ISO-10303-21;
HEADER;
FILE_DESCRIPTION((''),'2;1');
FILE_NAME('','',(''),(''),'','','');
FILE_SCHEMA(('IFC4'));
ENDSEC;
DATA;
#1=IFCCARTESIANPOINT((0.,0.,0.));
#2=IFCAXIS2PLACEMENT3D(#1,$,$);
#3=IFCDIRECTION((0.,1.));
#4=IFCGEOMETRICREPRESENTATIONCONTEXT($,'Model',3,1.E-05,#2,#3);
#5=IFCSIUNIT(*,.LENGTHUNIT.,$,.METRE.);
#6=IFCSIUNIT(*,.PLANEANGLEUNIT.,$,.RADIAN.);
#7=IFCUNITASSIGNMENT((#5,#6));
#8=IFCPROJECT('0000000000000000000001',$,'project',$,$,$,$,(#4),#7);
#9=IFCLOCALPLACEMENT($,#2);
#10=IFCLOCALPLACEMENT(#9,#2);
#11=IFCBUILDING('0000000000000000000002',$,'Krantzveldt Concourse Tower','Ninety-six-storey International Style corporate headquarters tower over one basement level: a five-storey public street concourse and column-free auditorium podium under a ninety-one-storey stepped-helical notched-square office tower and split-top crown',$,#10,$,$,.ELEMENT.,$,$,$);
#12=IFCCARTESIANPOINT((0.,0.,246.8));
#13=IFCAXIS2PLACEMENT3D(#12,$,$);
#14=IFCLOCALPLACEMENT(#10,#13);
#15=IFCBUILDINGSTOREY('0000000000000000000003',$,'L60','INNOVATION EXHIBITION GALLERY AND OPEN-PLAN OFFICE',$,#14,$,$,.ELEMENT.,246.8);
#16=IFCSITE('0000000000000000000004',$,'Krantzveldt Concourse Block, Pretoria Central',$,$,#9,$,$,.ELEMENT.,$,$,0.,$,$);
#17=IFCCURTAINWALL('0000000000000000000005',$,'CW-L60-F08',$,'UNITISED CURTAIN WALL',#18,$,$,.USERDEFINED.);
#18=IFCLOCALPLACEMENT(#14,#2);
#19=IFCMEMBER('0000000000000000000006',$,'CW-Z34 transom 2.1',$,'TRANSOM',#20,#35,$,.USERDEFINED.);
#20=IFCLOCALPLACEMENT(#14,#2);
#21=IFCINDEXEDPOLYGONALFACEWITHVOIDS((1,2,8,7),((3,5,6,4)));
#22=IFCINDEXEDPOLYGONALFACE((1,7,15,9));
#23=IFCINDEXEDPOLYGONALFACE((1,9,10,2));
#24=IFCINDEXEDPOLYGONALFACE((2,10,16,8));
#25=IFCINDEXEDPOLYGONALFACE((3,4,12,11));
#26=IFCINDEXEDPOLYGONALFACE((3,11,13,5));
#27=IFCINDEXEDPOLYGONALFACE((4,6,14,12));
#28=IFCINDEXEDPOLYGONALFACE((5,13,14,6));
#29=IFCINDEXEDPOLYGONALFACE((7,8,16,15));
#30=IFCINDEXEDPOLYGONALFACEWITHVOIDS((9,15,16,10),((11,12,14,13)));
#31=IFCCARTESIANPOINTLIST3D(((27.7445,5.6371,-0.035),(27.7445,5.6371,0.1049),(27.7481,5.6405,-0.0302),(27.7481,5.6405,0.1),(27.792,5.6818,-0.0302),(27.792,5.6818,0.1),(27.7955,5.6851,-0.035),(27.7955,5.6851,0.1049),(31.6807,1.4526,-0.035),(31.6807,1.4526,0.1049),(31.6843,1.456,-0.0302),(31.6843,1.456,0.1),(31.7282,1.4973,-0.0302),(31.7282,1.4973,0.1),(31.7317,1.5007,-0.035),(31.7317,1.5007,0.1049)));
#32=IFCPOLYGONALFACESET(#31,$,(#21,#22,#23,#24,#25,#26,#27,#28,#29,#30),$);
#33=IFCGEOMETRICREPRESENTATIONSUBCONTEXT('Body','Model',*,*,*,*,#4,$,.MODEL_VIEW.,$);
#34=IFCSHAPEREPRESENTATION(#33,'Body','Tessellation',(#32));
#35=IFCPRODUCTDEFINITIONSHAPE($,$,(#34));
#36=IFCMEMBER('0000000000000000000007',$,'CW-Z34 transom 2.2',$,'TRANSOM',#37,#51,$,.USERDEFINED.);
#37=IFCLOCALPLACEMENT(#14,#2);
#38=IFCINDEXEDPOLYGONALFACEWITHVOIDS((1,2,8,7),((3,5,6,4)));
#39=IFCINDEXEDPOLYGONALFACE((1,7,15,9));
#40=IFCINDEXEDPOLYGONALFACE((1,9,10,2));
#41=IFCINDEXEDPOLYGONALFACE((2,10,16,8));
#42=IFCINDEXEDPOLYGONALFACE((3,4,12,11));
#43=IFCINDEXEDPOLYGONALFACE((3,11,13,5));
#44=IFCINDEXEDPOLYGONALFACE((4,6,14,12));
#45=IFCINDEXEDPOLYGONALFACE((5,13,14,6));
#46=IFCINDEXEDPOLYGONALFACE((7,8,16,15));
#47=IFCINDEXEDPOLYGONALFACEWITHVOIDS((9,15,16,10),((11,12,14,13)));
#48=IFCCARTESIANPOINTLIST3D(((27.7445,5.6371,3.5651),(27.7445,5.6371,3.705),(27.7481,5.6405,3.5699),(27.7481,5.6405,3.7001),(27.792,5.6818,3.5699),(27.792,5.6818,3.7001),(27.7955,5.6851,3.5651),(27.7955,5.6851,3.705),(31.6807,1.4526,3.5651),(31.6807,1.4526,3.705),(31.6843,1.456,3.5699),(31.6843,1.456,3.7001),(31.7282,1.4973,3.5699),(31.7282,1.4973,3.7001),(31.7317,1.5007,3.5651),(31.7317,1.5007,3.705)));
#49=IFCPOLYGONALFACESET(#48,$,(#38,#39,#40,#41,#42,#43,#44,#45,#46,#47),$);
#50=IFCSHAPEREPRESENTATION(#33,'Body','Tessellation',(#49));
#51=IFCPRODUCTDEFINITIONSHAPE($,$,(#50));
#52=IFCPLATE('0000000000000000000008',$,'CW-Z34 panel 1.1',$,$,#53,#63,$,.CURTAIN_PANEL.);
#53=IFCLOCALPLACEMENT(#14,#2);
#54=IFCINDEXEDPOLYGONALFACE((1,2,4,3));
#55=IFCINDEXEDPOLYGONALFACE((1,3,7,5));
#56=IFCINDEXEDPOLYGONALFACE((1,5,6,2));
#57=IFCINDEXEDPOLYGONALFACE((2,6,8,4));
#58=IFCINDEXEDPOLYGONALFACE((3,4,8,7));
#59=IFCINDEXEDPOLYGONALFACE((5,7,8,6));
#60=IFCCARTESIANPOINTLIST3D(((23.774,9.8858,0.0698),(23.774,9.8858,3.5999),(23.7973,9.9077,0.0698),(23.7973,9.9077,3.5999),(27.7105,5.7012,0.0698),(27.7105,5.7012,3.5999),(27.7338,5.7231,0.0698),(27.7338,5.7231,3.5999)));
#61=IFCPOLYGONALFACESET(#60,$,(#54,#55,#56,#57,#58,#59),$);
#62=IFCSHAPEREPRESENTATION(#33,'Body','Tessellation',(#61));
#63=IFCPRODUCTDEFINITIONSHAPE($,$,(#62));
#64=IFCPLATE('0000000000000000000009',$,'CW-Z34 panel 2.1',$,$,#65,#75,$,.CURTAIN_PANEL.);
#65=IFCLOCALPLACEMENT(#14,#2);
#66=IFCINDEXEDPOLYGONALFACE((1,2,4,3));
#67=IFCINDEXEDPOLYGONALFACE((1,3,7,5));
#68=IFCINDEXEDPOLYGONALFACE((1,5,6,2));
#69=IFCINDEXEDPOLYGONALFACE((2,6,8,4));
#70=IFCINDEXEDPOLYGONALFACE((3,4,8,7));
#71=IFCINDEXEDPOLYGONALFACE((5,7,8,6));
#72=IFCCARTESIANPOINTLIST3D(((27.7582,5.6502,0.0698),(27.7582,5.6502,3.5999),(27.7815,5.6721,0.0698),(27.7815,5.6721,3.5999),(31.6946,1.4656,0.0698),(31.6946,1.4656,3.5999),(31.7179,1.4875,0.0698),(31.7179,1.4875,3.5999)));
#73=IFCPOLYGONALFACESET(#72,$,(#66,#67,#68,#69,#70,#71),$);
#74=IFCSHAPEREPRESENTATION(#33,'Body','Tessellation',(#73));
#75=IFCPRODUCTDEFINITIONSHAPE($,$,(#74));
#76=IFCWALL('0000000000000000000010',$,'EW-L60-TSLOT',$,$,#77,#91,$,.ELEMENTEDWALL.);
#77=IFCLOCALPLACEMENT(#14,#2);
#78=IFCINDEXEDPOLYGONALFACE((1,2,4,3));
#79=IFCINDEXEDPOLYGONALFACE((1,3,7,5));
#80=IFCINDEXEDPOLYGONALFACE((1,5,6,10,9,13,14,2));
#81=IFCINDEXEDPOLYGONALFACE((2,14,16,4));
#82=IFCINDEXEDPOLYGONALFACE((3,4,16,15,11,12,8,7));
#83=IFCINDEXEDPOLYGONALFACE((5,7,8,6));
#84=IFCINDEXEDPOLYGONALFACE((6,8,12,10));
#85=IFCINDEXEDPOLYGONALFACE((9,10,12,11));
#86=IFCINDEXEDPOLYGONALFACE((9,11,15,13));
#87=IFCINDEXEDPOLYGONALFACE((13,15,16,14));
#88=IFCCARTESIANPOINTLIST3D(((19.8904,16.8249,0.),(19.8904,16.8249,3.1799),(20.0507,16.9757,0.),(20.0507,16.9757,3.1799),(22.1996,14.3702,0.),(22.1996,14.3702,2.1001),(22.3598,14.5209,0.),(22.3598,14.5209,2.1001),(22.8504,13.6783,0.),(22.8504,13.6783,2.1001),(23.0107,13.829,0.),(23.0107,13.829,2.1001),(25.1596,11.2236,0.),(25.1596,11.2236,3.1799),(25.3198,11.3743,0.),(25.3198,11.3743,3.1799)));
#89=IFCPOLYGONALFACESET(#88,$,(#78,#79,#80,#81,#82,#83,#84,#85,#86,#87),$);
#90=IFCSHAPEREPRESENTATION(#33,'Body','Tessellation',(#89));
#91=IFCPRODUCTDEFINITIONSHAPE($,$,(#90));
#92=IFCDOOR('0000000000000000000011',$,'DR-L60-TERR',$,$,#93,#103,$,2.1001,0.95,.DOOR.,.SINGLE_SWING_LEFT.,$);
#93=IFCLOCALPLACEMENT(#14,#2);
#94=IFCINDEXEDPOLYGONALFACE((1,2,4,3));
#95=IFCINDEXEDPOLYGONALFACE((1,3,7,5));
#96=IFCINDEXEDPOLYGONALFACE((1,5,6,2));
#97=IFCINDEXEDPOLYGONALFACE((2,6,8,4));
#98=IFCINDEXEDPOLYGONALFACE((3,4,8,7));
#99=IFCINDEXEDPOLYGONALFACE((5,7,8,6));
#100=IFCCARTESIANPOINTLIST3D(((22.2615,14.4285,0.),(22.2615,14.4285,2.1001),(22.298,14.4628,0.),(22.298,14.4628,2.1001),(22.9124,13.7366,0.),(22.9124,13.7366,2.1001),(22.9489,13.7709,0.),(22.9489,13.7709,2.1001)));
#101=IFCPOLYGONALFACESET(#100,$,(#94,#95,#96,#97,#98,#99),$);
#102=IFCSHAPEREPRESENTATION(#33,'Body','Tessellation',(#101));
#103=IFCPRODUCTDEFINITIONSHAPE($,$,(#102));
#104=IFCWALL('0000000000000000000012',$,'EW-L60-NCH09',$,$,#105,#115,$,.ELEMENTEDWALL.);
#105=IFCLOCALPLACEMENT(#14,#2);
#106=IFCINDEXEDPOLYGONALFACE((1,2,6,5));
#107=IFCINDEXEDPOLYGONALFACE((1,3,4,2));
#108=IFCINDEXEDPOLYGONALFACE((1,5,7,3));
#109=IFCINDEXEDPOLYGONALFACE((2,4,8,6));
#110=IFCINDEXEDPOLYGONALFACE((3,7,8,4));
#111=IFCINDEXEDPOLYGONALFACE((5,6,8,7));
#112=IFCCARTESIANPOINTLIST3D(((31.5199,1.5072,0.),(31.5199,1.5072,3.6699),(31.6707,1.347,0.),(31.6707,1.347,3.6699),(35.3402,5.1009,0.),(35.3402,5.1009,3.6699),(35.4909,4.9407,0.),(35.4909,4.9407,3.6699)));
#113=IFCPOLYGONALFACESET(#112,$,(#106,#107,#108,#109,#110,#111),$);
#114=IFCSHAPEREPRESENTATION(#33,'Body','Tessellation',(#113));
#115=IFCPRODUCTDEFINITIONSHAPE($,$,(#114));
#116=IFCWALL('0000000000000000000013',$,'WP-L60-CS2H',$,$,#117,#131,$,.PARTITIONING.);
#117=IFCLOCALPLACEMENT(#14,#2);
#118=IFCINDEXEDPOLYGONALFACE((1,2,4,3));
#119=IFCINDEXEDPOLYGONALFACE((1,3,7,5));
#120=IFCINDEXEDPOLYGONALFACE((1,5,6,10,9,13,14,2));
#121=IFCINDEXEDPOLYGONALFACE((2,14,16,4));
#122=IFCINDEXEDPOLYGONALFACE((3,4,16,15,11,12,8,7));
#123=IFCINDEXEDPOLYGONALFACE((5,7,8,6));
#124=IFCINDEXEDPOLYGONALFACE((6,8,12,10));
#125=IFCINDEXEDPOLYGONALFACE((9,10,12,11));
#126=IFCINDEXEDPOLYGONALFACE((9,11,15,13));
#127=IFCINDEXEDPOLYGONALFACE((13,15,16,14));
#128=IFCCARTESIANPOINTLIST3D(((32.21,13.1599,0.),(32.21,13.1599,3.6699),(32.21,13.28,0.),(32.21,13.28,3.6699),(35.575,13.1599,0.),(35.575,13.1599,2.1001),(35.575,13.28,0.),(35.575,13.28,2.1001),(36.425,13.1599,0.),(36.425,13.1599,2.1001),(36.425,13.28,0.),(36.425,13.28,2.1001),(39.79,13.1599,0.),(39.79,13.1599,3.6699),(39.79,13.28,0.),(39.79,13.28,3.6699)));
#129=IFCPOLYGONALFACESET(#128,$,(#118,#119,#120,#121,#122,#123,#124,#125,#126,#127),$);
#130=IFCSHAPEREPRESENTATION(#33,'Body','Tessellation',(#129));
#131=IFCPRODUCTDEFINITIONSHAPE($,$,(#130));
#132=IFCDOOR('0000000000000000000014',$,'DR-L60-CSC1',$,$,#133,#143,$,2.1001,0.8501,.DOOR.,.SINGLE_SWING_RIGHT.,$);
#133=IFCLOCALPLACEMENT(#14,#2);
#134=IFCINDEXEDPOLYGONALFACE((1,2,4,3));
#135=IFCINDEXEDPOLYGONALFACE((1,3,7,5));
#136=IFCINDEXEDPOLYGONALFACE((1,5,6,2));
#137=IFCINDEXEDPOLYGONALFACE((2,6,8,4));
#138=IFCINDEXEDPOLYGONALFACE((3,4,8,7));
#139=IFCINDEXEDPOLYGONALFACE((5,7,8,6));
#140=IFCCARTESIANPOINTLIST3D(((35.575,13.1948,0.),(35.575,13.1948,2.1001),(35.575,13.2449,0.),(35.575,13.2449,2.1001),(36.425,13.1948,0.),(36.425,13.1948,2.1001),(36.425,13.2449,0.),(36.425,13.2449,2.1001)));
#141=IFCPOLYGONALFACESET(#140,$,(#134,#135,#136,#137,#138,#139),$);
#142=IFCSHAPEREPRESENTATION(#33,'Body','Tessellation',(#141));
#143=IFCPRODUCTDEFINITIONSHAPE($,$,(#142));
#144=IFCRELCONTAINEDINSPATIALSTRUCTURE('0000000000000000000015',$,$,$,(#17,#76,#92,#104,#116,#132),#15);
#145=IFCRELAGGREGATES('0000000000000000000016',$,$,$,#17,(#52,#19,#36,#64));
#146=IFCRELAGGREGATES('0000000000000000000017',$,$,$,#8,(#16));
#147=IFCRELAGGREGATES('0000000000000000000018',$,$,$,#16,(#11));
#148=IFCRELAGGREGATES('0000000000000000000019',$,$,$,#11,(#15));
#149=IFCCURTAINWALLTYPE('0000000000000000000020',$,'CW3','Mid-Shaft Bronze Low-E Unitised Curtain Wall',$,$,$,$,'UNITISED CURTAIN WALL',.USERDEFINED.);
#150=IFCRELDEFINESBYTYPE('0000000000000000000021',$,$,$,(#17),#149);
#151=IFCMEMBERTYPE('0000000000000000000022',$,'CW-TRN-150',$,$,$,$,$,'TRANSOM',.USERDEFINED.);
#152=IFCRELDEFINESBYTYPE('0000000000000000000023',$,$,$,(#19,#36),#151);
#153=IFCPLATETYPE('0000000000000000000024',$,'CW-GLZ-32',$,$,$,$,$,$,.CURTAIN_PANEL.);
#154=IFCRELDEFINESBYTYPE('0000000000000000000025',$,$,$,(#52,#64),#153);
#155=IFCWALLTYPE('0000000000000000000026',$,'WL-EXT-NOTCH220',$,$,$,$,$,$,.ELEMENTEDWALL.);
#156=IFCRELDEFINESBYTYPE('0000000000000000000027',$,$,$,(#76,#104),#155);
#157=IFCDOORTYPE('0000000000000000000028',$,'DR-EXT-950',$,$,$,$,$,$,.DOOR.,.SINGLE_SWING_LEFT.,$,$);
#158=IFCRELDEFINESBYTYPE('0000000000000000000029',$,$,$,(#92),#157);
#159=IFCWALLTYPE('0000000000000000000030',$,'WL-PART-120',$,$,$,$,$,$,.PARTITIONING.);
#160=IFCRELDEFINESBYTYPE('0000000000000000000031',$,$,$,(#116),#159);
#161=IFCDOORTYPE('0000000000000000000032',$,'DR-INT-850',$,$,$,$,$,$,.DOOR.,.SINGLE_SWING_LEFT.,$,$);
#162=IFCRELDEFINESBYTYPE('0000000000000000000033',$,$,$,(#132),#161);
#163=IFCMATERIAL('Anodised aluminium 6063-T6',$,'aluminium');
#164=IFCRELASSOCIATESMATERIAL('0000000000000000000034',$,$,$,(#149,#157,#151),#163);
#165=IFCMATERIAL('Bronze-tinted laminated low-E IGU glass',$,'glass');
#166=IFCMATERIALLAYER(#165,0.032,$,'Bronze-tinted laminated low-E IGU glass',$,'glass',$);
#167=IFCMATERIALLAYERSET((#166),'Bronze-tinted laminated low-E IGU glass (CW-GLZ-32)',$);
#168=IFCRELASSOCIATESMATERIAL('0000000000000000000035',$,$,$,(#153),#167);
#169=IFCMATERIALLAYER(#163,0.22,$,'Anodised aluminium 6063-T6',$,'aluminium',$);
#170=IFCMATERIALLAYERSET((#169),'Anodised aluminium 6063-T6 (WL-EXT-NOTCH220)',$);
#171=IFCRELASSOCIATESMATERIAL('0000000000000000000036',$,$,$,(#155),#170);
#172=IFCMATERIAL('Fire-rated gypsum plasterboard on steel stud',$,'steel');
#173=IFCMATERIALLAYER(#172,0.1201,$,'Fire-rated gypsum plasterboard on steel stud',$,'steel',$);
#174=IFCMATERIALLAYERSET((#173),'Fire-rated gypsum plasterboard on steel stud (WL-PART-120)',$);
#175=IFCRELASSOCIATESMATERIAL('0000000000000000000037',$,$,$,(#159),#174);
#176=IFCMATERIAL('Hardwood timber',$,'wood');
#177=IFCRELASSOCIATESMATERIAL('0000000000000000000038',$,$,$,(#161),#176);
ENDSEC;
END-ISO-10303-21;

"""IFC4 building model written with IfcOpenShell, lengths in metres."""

from ifc_helpers import new_model, si_unit, direction, frame, frame_2d, origin, origin_2d, place, context, subcontext, project, spatial, rectangle, hollow_rectangle, extrude, source, transform, mapped, material, layer, layer_set, material_profile, profile_set, type_object, type_shapes, element, fill, aggregate, save


model = new_model("IFC4")

# Units and contexts
model_context = context("Model", 3, precision=1e-05, world=origin(), true_north=direction((0.0, 1.0)))
body_context = subcontext(model_context, "Body", "Model", "MODEL_VIEW")
ifc_project = project(units=[si_unit("LENGTHUNIT", "METRE"), si_unit("PLANEANGLEUNIT", "RADIAN")], contexts=[model_context])

# Site, building, storey
site_placement = place(None, origin())
site = spatial("IfcSite", under=ifc_project, at=site_placement, Name="Krantzveldt Concourse Block, Pretoria Central", CompositionType="ELEMENT", RefElevation=0.0)
building_placement = place(site_placement, origin())
building = spatial("IfcBuilding", under=site, at=building_placement, Name="Krantzveldt Concourse Tower", Description="Ninety-six-storey International Style corporate headquarters tower over one basement level: a five-storey public street concourse and column-free auditorium podium under a ninety-one-storey stepped-helical notched-square office tower and split-top crown", CompositionType="ELEMENT")
storey_placement = place(building_placement, frame((0.0, 0.0, 246.8)))
storey = spatial("IfcBuildingStorey", under=building, at=storey_placement, Name="L60", Description="INNOVATION EXHIBITION GALLERY AND OPEN-PLAN OFFICE", CompositionType="ELEMENT", Elevation=246.8)

# Shared definitions
ifc_material_1 = material(Name="Anodised aluminium 6063-T6", Category="aluminium")

# Curtain wall, members, plates
curtain_wall_type_1 = type_object("IfcCurtainWallType", Name="CW3", Description="Mid-Shaft Bronze Low-E Unitised Curtain Wall", ElementType="UNITISED CURTAIN WALL", PredefinedType="USERDEFINED", material=ifc_material_1)
curtain_wall_1_placement = place(storey_placement, origin())
curtain_wall_1 = element("IfcCurtainWall", 1, at=curtain_wall_1_placement, inside=storey, type_object=curtain_wall_type_1, Name="CW-L60-F08", ObjectType="UNITISED CURTAIN WALL", PredefinedType="USERDEFINED")
ifc_material_profile_1 = material_profile(ifc_material_1, hollow_rectangle(XDim=0.0701, YDim=0.1399, WallThickness=0.0049, at=origin_2d()), Name="Anodised aluminium 6063-T6", Category="aluminium")
ifc_profile_set_1 = profile_set([ifc_material_profile_1], Name="Anodised aluminium 6063-T6 - ALU-TRAN 140x70x5")
member_type_1 = type_object("IfcMemberType", Name="CW-TRN-150", ElementType="TRANSOM", PredefinedType="USERDEFINED", material=ifc_profile_set_1)
shared_shape_1 = source(origin(), body_context, "Body", "SweptSolid", [
    extrude(hollow_rectangle(XDim=0.0701, YDim=0.1399, WallThickness=0.0049, at=origin_2d()), origin(), (0.0, 0.0, 1.0), 5.7449),
])
type_shapes(member_type_1, [shared_shape_1])
member_1_placement = place(storey_placement, frame((27.77, 5.6611, 0.0349), z_axis=(0.685167, -0.728386, 0.0), x_axis=(0.728386, 0.685167, 0.0)))
member_1 = element("IfcMember", 2, at=member_1_placement, type_object=member_type_1, Name="CW-Z34 transom 2.1", ObjectType="TRANSOM", PredefinedType="USERDEFINED", context=body_context, shape_type="MappedRepresentation", body=[
    mapped(shared_shape_1, transform((0.0, 0.0, 0.0), x_axis=(1.0, 0.0, 0.0), y_axis=(0.0, 1.0, 0.0), z_axis=(0.0, 0.0, 1.0), scale=1.0)),
])
member_2_placement = place(storey_placement, frame((27.77, 5.6611, 3.635), z_axis=(0.685167, -0.728386, 0.0), x_axis=(0.728386, 0.685167, 0.0)))
member_2 = element("IfcMember", 3, at=member_2_placement, type_object=member_type_1, Name="CW-Z34 transom 2.2", ObjectType="TRANSOM", PredefinedType="USERDEFINED", context=body_context, shape_type="MappedRepresentation", body=[
    mapped(shared_shape_1, transform((0.0, 0.0, 0.0), x_axis=(1.0, 0.0, 0.0), y_axis=(0.0, 1.0, 0.0), z_axis=(0.0, 0.0, 1.0), scale=1.0)),
])
ifc_material_2 = material(Name="Bronze-tinted laminated low-E IGU glass", Category="glass")
ifc_layer_1 = layer(ifc_material_2, 0.032, Name="Bronze-tinted laminated low-E IGU glass", Category="glass")
ifc_layer_set_1 = layer_set([ifc_layer_1], Name="Bronze-tinted laminated low-E IGU glass (CW-GLZ-32)")
plate_type = type_object("IfcPlateType", Name="CW-GLZ-32", PredefinedType="CURTAIN_PANEL", material=ifc_layer_set_1)
shared_shape_2 = source(origin(), body_context, "Body", "SweptSolid", [
    extrude(rectangle(XDim=5.7451, YDim=0.032, at=origin_2d()), origin(), (0.0, 0.0, 1.0), 3.53),
])
type_shapes(plate_type, [shared_shape_2])
plate_1_placement = place(storey_placement, frame((25.7539, 7.8044, 0.0698), z_axis=(0.0, 0.0, 1.0), x_axis=(0.685183, -0.728371, 0.0)))
plate_1 = element("IfcPlate", 4, at=plate_1_placement, type_object=plate_type, Name="CW-Z34 panel 1.1", PredefinedType="CURTAIN_PANEL", context=body_context, shape_type="MappedRepresentation", body=[
    mapped(shared_shape_2, transform((0.0, 0.0, 0.0), x_axis=(1.0, 0.0, 0.0), y_axis=(0.0, 1.0, 0.0), z_axis=(0.0, 0.0, 1.0), scale=1.0)),
])
plate_2_placement = place(storey_placement, frame((29.738, 3.5688, 0.0698), z_axis=(0.0, 0.0, 1.0), x_axis=(0.685183, -0.728371, 0.0)))
plate_2 = element("IfcPlate", 5, at=plate_2_placement, type_object=plate_type, Name="CW-Z34 panel 2.1", PredefinedType="CURTAIN_PANEL", context=body_context, shape_type="MappedRepresentation", body=[
    mapped(shared_shape_2, transform((0.0, 0.0, 0.0), x_axis=(1.0, 0.0, 0.0), y_axis=(0.0, 1.0, 0.0), z_axis=(0.0, 0.0, 1.0), scale=1.0)),
])
aggregate(curtain_wall_1, [plate_1, member_1, member_2, plate_2])

# Wall, opening, door
ifc_layer_2 = layer(ifc_material_1, 0.22, Name="Anodised aluminium 6063-T6", Category="aluminium")
ifc_layer_set_2 = layer_set([ifc_layer_2], Name="Anodised aluminium 6063-T6 (WL-EXT-NOTCH220)")
wall_type_1 = type_object("IfcWallType", Name="WL-EXT-NOTCH220", PredefinedType="ELEMENTEDWALL", material=ifc_layer_set_2)
wall_1_placement = place(storey_placement, frame((25.2397, 11.2988, 0.0), z_axis=(0.0, 0.0, 1.0), x_axis=(-0.685173, 0.728381, 0.0)))
wall_1 = element("IfcWall", 6, at=wall_1_placement, inside=storey, type_object=wall_type_1, Name="EW-L60-TSLOT", PredefinedType="ELEMENTEDWALL", context=body_context, shape_type="SweptSolid", body=[
    extrude(rectangle(XDim=7.6902, YDim=0.22, at=frame_2d((3.8452, 0.0))), origin(), (0.0, 0.0, 1.0), 3.1799),
])
opening_1_placement = place(wall_1_placement, frame((3.3701, 0.0, 0.0)))
opening_1 = element("IfcOpeningElement", 7, at=opening_1_placement, cuts=wall_1, PredefinedType="OPENING", context=body_context, shape_type="SweptSolid", body=[
    extrude(rectangle(XDim=0.95, YDim=2.1001, at=frame_2d((0.4751, 1.05))), frame((0.0, 0.1201, 0.0), z_axis=(0.0, -1.0, 0.0), x_axis=(1.0, 0.0, 0.0)), (0.0, 0.0, 1.0), 0.24),
])
door_type_1 = type_object("IfcDoorType", Name="DR-EXT-950", OperationType="SINGLE_SWING_LEFT", PredefinedType="DOOR", material=ifc_material_1)
door_1_placement = place(opening_1_placement, origin())
door_1 = element("IfcDoor", 8, at=door_1_placement, inside=storey, type_object=door_type_1, Name="DR-L60-TERR", OperationType="SINGLE_SWING_LEFT", OverallHeight=2.1001, OverallWidth=0.95, PredefinedType="DOOR", context=body_context, shape_type="SweptSolid", body=[
    extrude(rectangle(XDim=0.95, YDim=2.1001, at=frame_2d((0.4751, 1.05))), frame((0.0, 0.0249, 0.0), z_axis=(0.0, -1.0, 0.0), x_axis=(1.0, 0.0, 0.0)), (0.0, 0.0, 1.0), 0.05),
])
fill(opening_1, door_1)

# Wall
wall_2_placement = place(storey_placement, frame((31.5952, 1.427, 0.0), z_axis=(0.0, 0.0, 1.0), x_axis=(0.728375, 0.685179, 0.0)))
element("IfcWall", 9, at=wall_2_placement, inside=storey, type_object=wall_type_1, Name="EW-L60-NCH09", PredefinedType="ELEMENTEDWALL", context=body_context, shape_type="SweptSolid", body=[
    extrude(rectangle(XDim=5.2449, YDim=0.22, at=frame_2d((2.6226, 0.0))), origin(), (0.0, 0.0, 1.0), 3.6699),
])

# Wall, opening, door
ifc_material_3 = material(Name="Fire-rated gypsum plasterboard on steel stud", Category="steel")
ifc_layer_3 = layer(ifc_material_3, 0.1201, Name="Fire-rated gypsum plasterboard on steel stud", Category="steel")
ifc_layer_set_3 = layer_set([ifc_layer_3], Name="Fire-rated gypsum plasterboard on steel stud (WL-PART-120)")
wall_type_2 = type_object("IfcWallType", Name="WL-PART-120", PredefinedType="PARTITIONING", material=ifc_layer_set_3)
wall_3_placement = place(storey_placement, frame((32.21, 13.22, 0.0), z_axis=(0.0, 0.0, 1.0), x_axis=(1.0, 0.0, 0.0)))
wall_3 = element("IfcWall", 10, at=wall_3_placement, inside=storey, type_object=wall_type_2, Name="WP-L60-CS2H", PredefinedType="PARTITIONING", context=body_context, shape_type="SweptSolid", body=[
    extrude(rectangle(XDim=7.5801, YDim=0.1201, at=frame_2d((3.79, 0.0))), origin(), (0.0, 0.0, 1.0), 3.6699),
])
opening_2_placement = place(wall_3_placement, frame((3.365, 0.0, 0.0)))
opening_2 = element("IfcOpeningElement", 11, at=opening_2_placement, cuts=wall_3, PredefinedType="OPENING", context=body_context, shape_type="SweptSolid", body=[
    extrude(rectangle(XDim=0.8501, YDim=2.1001, at=frame_2d((0.425, 1.05))), frame((0.0, 0.0701, 0.0), z_axis=(0.0, -1.0, 0.0), x_axis=(1.0, 0.0, 0.0)), (0.0, 0.0, 1.0), 0.1401),
])
ifc_material_4 = material(Name="Hardwood timber", Category="wood")
door_type_2 = type_object("IfcDoorType", Name="DR-INT-850", OperationType="SINGLE_SWING_LEFT", PredefinedType="DOOR", material=ifc_material_4)
door_2_placement = place(opening_2_placement, origin())
door_2 = element("IfcDoor", 12, at=door_2_placement, inside=storey, type_object=door_type_2, Name="DR-L60-CSC1", OperationType="SINGLE_SWING_RIGHT", OverallHeight=2.1001, OverallWidth=0.8501, PredefinedType="DOOR", context=body_context, shape_type="SweptSolid", body=[
    extrude(rectangle(XDim=0.8501, YDim=2.1001, at=frame_2d((0.425, 1.05))), frame((0.0, 0.0249, 0.0), z_axis=(0.0, -1.0, 0.0), x_axis=(1.0, 0.0, 0.0)), (0.0, 0.0, 1.0), 0.05),
])
fill(opening_2, door_2)

save(model, "model.ifc")
